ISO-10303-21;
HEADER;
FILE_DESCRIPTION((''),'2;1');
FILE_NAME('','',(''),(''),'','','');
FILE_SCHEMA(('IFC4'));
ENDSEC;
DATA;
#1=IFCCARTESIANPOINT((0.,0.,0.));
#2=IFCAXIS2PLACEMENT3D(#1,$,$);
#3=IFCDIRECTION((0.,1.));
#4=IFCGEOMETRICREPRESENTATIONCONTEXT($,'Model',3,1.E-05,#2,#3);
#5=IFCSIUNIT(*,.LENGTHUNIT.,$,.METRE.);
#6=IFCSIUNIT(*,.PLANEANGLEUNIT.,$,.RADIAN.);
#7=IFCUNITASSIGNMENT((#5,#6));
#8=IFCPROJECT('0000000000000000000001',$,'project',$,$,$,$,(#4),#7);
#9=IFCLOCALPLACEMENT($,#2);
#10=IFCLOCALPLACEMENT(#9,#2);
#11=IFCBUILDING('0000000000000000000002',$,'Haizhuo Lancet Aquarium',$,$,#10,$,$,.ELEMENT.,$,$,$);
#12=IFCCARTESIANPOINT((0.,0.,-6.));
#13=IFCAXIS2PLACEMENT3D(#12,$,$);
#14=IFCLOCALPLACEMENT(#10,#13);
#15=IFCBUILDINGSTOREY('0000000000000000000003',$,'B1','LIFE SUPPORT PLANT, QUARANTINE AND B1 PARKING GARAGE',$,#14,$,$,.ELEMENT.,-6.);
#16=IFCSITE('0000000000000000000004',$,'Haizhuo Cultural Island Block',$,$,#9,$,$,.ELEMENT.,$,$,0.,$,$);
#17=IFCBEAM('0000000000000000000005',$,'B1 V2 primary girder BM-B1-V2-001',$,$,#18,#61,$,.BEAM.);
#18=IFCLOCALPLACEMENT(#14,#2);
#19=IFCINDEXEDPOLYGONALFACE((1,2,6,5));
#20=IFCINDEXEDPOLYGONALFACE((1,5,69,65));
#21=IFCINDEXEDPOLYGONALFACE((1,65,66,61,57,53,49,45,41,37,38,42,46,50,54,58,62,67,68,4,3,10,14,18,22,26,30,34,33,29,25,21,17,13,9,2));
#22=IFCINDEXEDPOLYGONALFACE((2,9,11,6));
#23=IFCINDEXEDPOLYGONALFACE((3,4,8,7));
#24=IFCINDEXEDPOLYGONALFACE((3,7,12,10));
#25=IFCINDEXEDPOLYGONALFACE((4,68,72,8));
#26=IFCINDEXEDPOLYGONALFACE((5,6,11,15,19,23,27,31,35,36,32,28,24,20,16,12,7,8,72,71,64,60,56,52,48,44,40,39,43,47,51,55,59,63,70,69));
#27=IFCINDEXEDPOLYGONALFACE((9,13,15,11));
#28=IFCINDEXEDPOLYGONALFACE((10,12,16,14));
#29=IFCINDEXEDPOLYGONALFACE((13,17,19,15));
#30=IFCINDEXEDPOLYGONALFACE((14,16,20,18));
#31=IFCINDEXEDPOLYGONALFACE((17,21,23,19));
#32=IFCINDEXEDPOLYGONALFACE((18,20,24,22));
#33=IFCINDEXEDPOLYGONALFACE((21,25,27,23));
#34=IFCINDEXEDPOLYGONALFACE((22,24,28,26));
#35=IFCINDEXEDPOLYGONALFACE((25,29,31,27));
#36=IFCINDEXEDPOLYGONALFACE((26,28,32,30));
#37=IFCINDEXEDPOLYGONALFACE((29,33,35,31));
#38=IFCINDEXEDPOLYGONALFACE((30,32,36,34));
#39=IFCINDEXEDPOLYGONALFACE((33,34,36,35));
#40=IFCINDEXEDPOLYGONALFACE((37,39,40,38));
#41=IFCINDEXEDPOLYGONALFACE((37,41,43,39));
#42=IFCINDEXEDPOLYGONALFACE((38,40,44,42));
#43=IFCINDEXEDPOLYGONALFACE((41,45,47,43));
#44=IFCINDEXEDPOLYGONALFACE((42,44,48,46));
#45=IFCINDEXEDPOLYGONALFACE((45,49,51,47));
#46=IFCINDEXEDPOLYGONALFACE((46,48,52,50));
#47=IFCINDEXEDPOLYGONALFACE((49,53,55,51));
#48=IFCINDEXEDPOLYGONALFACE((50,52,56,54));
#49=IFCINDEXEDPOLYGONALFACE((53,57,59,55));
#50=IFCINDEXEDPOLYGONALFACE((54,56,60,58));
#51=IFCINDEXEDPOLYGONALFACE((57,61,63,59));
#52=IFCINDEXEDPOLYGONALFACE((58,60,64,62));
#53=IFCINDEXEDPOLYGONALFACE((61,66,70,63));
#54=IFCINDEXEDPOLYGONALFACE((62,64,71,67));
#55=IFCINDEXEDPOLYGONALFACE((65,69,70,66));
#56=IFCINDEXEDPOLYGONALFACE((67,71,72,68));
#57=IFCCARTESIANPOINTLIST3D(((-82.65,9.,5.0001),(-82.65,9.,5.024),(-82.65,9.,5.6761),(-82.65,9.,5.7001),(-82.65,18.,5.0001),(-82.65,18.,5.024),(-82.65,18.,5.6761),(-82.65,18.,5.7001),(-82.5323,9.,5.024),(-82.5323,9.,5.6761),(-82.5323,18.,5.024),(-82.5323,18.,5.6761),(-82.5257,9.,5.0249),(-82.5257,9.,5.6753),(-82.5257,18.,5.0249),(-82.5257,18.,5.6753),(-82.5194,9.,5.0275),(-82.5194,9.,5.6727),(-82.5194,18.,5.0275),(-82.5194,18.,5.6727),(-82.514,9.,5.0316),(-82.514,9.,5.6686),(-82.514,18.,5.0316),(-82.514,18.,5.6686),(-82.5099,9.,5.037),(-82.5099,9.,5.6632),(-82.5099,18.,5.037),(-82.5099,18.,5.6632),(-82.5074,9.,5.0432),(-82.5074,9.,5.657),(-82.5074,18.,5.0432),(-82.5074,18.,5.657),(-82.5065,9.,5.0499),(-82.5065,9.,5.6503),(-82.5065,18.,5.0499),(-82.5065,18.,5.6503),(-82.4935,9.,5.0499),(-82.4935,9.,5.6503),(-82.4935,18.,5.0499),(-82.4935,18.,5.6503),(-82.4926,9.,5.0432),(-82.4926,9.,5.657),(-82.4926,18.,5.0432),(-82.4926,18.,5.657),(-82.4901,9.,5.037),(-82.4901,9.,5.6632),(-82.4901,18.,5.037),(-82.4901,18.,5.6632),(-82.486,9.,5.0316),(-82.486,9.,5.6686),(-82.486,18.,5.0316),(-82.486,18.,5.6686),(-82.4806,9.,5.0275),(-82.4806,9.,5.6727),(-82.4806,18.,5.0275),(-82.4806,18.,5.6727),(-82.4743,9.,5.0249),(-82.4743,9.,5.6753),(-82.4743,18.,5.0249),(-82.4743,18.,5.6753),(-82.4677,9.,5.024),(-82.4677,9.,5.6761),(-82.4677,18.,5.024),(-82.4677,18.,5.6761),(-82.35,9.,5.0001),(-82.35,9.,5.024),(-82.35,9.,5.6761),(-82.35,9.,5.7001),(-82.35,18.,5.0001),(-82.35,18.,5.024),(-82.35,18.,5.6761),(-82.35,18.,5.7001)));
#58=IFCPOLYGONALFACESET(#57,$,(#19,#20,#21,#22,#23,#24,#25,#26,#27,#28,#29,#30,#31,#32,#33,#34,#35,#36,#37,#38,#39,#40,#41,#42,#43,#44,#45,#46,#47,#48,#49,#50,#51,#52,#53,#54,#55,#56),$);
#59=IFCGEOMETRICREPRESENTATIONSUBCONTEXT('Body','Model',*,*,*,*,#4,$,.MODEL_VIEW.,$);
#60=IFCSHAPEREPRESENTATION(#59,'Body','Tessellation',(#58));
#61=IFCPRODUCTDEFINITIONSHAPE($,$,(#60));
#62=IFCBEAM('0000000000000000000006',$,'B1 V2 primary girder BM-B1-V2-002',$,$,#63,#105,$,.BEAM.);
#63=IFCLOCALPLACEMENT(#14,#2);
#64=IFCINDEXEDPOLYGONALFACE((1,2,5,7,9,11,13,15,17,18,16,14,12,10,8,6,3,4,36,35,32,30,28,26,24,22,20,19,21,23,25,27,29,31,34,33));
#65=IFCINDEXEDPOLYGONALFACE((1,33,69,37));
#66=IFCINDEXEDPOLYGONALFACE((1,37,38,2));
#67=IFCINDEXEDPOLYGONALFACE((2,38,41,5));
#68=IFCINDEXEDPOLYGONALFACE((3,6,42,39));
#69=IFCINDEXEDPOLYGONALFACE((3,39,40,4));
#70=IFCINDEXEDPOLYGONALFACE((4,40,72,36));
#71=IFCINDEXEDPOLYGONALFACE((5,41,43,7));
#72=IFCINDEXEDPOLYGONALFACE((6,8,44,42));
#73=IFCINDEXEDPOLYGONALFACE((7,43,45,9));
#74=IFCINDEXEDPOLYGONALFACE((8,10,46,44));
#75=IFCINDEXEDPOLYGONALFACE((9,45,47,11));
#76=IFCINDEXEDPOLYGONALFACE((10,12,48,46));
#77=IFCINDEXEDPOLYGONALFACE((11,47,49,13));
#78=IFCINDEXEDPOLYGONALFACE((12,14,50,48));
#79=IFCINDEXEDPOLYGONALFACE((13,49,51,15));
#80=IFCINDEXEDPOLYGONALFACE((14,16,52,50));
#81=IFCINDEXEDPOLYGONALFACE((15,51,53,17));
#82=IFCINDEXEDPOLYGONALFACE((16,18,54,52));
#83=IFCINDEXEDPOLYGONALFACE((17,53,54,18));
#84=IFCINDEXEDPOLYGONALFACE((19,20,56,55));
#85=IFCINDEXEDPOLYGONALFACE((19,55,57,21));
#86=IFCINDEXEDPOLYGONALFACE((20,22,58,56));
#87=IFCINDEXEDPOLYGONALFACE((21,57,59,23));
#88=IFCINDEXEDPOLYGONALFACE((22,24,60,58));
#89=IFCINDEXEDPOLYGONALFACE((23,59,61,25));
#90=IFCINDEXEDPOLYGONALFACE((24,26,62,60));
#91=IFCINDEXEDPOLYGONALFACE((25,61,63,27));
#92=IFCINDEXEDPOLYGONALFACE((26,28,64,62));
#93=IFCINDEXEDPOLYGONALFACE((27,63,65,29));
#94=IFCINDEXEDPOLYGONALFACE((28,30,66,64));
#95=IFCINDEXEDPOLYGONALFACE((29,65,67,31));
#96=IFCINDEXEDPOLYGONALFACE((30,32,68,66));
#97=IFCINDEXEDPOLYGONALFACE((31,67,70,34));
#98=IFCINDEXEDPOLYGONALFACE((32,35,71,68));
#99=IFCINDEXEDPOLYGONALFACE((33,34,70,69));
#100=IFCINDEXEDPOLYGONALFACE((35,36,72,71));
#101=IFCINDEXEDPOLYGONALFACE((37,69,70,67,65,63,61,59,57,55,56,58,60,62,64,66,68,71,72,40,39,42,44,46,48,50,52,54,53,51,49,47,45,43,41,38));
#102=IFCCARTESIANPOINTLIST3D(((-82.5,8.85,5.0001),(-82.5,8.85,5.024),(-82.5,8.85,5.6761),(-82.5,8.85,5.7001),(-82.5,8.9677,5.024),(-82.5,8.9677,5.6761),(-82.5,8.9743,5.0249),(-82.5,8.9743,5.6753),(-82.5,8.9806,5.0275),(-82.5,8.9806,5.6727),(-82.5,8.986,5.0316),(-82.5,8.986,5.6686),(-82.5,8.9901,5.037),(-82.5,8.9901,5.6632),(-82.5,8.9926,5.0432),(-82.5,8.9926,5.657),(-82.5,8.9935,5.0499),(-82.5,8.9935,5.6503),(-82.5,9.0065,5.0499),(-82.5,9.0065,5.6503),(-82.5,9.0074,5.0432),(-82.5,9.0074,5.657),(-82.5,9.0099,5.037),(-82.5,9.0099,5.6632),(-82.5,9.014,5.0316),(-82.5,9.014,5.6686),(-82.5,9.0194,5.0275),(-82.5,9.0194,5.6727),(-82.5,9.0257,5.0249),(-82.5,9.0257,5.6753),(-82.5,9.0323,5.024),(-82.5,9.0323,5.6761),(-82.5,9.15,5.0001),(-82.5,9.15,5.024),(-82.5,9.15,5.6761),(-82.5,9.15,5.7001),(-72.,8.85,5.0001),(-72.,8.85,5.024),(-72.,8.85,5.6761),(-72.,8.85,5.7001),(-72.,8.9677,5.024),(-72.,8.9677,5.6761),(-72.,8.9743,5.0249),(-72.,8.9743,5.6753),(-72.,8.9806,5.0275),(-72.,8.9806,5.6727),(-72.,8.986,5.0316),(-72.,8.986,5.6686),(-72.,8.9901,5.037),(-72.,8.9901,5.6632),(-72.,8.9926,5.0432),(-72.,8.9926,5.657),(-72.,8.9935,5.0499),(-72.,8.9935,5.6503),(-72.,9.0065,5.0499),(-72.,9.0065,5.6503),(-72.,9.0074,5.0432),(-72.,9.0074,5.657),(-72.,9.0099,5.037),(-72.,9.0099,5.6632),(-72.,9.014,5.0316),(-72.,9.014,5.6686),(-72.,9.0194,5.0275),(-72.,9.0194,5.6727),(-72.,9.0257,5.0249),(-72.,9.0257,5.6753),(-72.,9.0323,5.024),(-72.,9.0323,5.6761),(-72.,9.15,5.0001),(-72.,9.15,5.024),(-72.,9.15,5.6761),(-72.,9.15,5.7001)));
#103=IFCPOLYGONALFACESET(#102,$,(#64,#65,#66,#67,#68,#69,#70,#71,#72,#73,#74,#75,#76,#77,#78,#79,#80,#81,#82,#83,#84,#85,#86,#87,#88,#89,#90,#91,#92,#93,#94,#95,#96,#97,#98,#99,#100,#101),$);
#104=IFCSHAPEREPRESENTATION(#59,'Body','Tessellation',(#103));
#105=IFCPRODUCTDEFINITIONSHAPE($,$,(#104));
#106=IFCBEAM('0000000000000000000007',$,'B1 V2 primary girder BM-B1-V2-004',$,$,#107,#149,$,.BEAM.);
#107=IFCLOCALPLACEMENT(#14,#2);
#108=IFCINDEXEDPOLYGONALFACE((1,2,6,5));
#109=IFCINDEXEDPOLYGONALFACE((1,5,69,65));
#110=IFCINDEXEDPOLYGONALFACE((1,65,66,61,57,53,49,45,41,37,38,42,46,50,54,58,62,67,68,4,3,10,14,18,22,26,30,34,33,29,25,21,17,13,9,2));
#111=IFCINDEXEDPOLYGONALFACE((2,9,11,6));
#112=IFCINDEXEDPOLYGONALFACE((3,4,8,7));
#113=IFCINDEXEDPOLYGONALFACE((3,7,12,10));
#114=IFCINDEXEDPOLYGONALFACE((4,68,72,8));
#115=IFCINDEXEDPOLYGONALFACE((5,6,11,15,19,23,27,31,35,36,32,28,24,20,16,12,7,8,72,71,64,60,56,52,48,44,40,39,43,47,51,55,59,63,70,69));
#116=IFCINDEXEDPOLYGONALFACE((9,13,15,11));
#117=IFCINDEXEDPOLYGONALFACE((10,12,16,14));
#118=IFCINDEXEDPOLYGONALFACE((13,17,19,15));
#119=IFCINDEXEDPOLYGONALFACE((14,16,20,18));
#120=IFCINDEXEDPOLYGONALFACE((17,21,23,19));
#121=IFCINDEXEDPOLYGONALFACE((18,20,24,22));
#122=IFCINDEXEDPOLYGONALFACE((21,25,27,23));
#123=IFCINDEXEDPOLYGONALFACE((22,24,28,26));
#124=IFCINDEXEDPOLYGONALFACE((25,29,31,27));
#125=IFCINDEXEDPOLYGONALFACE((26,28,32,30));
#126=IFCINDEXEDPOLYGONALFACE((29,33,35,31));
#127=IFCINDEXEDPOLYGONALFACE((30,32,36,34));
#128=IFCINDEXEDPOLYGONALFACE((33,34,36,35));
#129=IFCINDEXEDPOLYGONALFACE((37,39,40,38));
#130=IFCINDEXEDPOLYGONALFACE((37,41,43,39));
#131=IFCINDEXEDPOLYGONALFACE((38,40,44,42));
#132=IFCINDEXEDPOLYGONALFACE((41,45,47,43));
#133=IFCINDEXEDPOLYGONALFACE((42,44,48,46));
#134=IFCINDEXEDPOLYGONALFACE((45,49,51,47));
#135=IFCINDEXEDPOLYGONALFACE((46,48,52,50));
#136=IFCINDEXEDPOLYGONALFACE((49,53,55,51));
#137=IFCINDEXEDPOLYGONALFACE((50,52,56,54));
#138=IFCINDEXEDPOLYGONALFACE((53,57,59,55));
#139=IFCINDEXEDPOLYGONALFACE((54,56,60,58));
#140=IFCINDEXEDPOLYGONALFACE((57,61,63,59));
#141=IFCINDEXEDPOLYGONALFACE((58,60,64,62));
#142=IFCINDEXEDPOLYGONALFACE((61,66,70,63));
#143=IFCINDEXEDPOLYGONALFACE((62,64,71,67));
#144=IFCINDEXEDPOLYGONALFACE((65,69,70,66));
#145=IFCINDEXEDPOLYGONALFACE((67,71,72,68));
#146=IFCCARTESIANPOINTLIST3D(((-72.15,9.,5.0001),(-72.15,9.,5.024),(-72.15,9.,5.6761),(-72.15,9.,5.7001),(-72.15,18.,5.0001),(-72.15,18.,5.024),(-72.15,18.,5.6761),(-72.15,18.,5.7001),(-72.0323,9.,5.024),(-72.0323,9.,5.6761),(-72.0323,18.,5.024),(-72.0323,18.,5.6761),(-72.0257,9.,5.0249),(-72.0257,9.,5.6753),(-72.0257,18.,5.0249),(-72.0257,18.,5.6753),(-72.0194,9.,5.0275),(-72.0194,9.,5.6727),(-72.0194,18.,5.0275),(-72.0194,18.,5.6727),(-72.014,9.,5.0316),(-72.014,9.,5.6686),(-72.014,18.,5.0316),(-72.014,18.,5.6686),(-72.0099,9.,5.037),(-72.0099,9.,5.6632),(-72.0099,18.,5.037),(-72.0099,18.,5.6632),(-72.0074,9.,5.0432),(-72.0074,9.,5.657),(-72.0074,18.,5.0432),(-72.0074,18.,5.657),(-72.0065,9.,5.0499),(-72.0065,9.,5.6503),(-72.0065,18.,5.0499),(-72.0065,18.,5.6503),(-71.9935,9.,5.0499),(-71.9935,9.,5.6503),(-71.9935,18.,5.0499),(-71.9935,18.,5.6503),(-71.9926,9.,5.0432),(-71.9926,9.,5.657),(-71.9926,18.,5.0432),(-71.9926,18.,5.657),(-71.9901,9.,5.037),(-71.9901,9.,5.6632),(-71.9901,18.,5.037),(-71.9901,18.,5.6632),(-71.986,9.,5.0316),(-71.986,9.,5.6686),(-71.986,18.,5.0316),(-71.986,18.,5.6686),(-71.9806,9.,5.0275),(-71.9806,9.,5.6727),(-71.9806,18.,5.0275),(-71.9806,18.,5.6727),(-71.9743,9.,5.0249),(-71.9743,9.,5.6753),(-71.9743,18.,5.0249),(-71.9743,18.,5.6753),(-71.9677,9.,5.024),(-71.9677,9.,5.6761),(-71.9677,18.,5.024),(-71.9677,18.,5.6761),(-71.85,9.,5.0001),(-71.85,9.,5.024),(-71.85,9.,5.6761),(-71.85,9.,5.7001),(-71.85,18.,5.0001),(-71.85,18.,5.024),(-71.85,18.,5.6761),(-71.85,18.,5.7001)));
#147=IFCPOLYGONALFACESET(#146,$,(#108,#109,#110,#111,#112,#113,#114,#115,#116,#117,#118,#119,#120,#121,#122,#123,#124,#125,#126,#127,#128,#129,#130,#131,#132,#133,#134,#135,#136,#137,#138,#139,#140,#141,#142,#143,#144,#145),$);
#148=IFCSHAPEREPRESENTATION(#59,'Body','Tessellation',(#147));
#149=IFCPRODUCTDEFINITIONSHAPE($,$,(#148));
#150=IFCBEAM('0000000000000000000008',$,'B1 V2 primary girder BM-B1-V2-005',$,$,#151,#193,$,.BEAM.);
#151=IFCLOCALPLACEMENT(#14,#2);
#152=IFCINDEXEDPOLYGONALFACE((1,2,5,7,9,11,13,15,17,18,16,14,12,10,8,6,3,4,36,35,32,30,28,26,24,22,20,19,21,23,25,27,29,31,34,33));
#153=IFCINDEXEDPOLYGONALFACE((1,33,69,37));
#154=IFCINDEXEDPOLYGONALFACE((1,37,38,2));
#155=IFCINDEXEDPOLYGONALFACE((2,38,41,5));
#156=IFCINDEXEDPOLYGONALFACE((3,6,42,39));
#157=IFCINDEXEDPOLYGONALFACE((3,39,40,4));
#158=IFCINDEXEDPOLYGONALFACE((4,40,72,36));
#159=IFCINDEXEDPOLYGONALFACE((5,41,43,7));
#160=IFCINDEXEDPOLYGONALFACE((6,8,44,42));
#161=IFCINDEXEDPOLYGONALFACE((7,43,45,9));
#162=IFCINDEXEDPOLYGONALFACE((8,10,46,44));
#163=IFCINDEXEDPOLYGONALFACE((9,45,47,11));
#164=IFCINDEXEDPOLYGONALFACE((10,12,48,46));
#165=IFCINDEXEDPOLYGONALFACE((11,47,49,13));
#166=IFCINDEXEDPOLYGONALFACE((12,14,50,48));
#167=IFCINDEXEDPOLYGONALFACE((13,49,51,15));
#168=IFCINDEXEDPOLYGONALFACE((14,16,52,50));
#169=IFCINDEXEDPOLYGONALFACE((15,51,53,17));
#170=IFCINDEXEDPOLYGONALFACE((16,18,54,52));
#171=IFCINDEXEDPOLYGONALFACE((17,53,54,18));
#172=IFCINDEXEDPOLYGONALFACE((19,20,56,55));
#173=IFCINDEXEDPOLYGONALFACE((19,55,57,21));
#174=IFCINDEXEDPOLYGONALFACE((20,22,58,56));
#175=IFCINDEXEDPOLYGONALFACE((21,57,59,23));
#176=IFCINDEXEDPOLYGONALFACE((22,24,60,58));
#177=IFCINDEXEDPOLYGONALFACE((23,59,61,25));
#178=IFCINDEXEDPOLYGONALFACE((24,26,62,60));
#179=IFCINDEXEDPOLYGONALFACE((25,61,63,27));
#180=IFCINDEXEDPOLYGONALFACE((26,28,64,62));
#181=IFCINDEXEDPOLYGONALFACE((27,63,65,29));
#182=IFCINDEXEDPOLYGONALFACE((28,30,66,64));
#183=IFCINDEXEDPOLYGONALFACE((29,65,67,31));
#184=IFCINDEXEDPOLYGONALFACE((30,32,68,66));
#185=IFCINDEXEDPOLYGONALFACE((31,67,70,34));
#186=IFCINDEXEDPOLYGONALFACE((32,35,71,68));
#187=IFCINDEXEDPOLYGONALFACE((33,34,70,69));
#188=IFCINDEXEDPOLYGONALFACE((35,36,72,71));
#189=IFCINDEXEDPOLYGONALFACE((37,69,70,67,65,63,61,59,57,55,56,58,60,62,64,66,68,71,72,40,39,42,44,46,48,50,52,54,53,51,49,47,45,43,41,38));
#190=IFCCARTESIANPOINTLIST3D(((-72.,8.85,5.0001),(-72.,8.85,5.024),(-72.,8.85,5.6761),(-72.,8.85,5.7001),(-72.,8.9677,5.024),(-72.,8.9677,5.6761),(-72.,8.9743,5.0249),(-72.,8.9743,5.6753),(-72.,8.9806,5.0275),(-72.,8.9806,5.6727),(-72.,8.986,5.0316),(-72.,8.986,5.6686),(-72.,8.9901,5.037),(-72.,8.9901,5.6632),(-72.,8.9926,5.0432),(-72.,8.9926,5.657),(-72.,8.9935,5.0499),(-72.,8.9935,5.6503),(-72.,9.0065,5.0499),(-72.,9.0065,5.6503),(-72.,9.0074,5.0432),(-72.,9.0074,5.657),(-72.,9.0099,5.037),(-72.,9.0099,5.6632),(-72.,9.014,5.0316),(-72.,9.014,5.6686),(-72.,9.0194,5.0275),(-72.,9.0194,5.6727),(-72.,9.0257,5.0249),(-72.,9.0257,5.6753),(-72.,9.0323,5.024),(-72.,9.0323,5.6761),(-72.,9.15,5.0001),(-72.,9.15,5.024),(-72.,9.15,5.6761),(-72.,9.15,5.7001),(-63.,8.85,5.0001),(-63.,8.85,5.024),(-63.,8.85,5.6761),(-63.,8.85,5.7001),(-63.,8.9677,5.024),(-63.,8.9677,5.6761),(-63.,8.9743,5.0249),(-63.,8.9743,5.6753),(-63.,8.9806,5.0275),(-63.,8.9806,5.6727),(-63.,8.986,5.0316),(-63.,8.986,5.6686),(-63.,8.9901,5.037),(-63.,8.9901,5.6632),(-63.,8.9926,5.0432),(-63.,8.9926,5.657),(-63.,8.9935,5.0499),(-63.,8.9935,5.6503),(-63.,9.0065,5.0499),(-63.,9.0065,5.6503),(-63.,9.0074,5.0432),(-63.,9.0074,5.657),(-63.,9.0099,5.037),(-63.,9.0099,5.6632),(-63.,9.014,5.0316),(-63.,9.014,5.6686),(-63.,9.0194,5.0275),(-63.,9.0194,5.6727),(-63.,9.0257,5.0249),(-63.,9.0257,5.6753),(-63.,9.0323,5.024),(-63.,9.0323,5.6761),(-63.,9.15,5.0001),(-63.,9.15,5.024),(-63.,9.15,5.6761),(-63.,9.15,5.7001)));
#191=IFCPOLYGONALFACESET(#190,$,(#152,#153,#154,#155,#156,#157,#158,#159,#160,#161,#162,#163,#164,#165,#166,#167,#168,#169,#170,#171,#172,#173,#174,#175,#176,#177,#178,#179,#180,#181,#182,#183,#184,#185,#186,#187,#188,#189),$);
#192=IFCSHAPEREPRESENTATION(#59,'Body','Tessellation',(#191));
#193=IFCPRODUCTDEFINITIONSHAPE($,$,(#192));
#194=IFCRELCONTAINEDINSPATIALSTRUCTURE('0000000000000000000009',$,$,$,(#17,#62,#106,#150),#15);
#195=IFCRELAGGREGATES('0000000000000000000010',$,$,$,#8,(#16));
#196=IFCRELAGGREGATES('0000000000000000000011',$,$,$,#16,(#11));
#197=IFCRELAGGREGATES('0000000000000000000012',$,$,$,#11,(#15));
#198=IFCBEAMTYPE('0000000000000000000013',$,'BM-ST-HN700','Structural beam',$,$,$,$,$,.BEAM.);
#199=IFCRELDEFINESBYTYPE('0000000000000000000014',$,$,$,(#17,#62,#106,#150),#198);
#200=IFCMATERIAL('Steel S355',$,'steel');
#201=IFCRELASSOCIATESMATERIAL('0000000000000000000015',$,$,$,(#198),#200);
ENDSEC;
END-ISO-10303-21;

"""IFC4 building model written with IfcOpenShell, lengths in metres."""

from ifc_helpers import new_model, si_unit, direction, frame, origin, origin_2d, place, context, subcontext, project, spatial, i_section, extrude, material, material_profile, profile_set, type_object, element, save


model = new_model("IFC4")

# Units and contexts
model_context = context("Model", 3, precision=1e-05, world=origin(), true_north=direction((0.0, 1.0)))
body_context = subcontext(model_context, "Body", "Model", "MODEL_VIEW")
ifc_project = project(units=[si_unit("LENGTHUNIT", "METRE"), si_unit("PLANEANGLEUNIT", "RADIAN")], contexts=[model_context])

# Site, building, storey
site_placement = place(None, origin())
site = spatial("IfcSite", under=ifc_project, at=site_placement, Name="Haizhuo Cultural Island Block", CompositionType="ELEMENT", RefElevation=0.0)
building_placement = place(site_placement, origin())
building = spatial("IfcBuilding", under=site, at=building_placement, Name="Haizhuo Lancet Aquarium", CompositionType="ELEMENT")
storey_placement = place(building_placement, frame((0.0, 0.0, -6.0)))
storey = spatial("IfcBuildingStorey", under=building, at=storey_placement, Name="B1", Description="LIFE SUPPORT PLANT, QUARANTINE AND B1 PARKING GARAGE", CompositionType="ELEMENT", Elevation=-6.0)

# Beams
ifc_material_1 = material(Name="Steel S355", Category="steel")
ifc_material_profile_1 = material_profile(ifc_material_1, i_section(OverallWidth=0.3, OverallDepth=0.7, WebThickness=0.0129, FlangeThickness=0.0239, FilletRadius=0.0259, at=origin_2d()), Name="HN 700x300x13x24")
ifc_profile_set_1 = profile_set([ifc_material_profile_1], Name="Steel S355")
beam_type = type_object("IfcBeamType", Name="BM-ST-HN700", Description="Structural beam", PredefinedType="BEAM", material=ifc_profile_set_1)
beam_1_placement = place(storey_placement, frame((-82.5, 9.0, 5.3501), z_axis=(0.0, 1.0, 0.0), x_axis=(-1.0, 0.0, 0.0)))
element("IfcBeam", 1, at=beam_1_placement, inside=storey, type_object=beam_type, Name="B1 V2 primary girder BM-B1-V2-001", PredefinedType="BEAM", context=body_context, shape_type="SweptSolid", body=[
    extrude(i_section(OverallWidth=0.3, OverallDepth=0.7, WebThickness=0.0129, FlangeThickness=0.0239, FilletRadius=0.0259, at=origin_2d()), origin(), (0.0, 0.0, 1.0), 9.0),
])
beam_2_placement = place(storey_placement, frame((-82.5, 9.0, 5.3501), z_axis=(1.0, 0.0, 0.0), x_axis=(0.0, 1.0, 0.0)))
element("IfcBeam", 2, at=beam_2_placement, inside=storey, type_object=beam_type, Name="B1 V2 primary girder BM-B1-V2-002", PredefinedType="BEAM", context=body_context, shape_type="SweptSolid", body=[
    extrude(i_section(OverallWidth=0.3, OverallDepth=0.7, WebThickness=0.0129, FlangeThickness=0.0239, FilletRadius=0.0259, at=origin_2d()), origin(), (0.0, 0.0, 1.0), 10.5),
])
for number, where, z_axis, x_axis, name in (
    (3, (-72.0, 9.0, 5.3501), (0.0, 1.0, 0.0), (-1.0, 0.0, 0.0), "B1 V2 primary girder BM-B1-V2-004"),
    (4, (-72.0, 9.0, 5.3501), (1.0, 0.0, 0.0), (0.0, 1.0, 0.0), "B1 V2 primary girder BM-B1-V2-005"),
):
    element("IfcBeam", number, at=place(storey_placement, frame(where, z_axis=z_axis, x_axis=x_axis)), inside=storey, type_object=beam_type, Name=name, PredefinedType="BEAM", context=body_context, shape_type="SweptSolid", body=[
        extrude(i_section(OverallWidth=0.3, OverallDepth=0.7, WebThickness=0.0129, FlangeThickness=0.0239, FilletRadius=0.0259, at=origin_2d()), origin(), (0.0, 0.0, 1.0), 9.0),
    ])

save(model, "model.ifc")
